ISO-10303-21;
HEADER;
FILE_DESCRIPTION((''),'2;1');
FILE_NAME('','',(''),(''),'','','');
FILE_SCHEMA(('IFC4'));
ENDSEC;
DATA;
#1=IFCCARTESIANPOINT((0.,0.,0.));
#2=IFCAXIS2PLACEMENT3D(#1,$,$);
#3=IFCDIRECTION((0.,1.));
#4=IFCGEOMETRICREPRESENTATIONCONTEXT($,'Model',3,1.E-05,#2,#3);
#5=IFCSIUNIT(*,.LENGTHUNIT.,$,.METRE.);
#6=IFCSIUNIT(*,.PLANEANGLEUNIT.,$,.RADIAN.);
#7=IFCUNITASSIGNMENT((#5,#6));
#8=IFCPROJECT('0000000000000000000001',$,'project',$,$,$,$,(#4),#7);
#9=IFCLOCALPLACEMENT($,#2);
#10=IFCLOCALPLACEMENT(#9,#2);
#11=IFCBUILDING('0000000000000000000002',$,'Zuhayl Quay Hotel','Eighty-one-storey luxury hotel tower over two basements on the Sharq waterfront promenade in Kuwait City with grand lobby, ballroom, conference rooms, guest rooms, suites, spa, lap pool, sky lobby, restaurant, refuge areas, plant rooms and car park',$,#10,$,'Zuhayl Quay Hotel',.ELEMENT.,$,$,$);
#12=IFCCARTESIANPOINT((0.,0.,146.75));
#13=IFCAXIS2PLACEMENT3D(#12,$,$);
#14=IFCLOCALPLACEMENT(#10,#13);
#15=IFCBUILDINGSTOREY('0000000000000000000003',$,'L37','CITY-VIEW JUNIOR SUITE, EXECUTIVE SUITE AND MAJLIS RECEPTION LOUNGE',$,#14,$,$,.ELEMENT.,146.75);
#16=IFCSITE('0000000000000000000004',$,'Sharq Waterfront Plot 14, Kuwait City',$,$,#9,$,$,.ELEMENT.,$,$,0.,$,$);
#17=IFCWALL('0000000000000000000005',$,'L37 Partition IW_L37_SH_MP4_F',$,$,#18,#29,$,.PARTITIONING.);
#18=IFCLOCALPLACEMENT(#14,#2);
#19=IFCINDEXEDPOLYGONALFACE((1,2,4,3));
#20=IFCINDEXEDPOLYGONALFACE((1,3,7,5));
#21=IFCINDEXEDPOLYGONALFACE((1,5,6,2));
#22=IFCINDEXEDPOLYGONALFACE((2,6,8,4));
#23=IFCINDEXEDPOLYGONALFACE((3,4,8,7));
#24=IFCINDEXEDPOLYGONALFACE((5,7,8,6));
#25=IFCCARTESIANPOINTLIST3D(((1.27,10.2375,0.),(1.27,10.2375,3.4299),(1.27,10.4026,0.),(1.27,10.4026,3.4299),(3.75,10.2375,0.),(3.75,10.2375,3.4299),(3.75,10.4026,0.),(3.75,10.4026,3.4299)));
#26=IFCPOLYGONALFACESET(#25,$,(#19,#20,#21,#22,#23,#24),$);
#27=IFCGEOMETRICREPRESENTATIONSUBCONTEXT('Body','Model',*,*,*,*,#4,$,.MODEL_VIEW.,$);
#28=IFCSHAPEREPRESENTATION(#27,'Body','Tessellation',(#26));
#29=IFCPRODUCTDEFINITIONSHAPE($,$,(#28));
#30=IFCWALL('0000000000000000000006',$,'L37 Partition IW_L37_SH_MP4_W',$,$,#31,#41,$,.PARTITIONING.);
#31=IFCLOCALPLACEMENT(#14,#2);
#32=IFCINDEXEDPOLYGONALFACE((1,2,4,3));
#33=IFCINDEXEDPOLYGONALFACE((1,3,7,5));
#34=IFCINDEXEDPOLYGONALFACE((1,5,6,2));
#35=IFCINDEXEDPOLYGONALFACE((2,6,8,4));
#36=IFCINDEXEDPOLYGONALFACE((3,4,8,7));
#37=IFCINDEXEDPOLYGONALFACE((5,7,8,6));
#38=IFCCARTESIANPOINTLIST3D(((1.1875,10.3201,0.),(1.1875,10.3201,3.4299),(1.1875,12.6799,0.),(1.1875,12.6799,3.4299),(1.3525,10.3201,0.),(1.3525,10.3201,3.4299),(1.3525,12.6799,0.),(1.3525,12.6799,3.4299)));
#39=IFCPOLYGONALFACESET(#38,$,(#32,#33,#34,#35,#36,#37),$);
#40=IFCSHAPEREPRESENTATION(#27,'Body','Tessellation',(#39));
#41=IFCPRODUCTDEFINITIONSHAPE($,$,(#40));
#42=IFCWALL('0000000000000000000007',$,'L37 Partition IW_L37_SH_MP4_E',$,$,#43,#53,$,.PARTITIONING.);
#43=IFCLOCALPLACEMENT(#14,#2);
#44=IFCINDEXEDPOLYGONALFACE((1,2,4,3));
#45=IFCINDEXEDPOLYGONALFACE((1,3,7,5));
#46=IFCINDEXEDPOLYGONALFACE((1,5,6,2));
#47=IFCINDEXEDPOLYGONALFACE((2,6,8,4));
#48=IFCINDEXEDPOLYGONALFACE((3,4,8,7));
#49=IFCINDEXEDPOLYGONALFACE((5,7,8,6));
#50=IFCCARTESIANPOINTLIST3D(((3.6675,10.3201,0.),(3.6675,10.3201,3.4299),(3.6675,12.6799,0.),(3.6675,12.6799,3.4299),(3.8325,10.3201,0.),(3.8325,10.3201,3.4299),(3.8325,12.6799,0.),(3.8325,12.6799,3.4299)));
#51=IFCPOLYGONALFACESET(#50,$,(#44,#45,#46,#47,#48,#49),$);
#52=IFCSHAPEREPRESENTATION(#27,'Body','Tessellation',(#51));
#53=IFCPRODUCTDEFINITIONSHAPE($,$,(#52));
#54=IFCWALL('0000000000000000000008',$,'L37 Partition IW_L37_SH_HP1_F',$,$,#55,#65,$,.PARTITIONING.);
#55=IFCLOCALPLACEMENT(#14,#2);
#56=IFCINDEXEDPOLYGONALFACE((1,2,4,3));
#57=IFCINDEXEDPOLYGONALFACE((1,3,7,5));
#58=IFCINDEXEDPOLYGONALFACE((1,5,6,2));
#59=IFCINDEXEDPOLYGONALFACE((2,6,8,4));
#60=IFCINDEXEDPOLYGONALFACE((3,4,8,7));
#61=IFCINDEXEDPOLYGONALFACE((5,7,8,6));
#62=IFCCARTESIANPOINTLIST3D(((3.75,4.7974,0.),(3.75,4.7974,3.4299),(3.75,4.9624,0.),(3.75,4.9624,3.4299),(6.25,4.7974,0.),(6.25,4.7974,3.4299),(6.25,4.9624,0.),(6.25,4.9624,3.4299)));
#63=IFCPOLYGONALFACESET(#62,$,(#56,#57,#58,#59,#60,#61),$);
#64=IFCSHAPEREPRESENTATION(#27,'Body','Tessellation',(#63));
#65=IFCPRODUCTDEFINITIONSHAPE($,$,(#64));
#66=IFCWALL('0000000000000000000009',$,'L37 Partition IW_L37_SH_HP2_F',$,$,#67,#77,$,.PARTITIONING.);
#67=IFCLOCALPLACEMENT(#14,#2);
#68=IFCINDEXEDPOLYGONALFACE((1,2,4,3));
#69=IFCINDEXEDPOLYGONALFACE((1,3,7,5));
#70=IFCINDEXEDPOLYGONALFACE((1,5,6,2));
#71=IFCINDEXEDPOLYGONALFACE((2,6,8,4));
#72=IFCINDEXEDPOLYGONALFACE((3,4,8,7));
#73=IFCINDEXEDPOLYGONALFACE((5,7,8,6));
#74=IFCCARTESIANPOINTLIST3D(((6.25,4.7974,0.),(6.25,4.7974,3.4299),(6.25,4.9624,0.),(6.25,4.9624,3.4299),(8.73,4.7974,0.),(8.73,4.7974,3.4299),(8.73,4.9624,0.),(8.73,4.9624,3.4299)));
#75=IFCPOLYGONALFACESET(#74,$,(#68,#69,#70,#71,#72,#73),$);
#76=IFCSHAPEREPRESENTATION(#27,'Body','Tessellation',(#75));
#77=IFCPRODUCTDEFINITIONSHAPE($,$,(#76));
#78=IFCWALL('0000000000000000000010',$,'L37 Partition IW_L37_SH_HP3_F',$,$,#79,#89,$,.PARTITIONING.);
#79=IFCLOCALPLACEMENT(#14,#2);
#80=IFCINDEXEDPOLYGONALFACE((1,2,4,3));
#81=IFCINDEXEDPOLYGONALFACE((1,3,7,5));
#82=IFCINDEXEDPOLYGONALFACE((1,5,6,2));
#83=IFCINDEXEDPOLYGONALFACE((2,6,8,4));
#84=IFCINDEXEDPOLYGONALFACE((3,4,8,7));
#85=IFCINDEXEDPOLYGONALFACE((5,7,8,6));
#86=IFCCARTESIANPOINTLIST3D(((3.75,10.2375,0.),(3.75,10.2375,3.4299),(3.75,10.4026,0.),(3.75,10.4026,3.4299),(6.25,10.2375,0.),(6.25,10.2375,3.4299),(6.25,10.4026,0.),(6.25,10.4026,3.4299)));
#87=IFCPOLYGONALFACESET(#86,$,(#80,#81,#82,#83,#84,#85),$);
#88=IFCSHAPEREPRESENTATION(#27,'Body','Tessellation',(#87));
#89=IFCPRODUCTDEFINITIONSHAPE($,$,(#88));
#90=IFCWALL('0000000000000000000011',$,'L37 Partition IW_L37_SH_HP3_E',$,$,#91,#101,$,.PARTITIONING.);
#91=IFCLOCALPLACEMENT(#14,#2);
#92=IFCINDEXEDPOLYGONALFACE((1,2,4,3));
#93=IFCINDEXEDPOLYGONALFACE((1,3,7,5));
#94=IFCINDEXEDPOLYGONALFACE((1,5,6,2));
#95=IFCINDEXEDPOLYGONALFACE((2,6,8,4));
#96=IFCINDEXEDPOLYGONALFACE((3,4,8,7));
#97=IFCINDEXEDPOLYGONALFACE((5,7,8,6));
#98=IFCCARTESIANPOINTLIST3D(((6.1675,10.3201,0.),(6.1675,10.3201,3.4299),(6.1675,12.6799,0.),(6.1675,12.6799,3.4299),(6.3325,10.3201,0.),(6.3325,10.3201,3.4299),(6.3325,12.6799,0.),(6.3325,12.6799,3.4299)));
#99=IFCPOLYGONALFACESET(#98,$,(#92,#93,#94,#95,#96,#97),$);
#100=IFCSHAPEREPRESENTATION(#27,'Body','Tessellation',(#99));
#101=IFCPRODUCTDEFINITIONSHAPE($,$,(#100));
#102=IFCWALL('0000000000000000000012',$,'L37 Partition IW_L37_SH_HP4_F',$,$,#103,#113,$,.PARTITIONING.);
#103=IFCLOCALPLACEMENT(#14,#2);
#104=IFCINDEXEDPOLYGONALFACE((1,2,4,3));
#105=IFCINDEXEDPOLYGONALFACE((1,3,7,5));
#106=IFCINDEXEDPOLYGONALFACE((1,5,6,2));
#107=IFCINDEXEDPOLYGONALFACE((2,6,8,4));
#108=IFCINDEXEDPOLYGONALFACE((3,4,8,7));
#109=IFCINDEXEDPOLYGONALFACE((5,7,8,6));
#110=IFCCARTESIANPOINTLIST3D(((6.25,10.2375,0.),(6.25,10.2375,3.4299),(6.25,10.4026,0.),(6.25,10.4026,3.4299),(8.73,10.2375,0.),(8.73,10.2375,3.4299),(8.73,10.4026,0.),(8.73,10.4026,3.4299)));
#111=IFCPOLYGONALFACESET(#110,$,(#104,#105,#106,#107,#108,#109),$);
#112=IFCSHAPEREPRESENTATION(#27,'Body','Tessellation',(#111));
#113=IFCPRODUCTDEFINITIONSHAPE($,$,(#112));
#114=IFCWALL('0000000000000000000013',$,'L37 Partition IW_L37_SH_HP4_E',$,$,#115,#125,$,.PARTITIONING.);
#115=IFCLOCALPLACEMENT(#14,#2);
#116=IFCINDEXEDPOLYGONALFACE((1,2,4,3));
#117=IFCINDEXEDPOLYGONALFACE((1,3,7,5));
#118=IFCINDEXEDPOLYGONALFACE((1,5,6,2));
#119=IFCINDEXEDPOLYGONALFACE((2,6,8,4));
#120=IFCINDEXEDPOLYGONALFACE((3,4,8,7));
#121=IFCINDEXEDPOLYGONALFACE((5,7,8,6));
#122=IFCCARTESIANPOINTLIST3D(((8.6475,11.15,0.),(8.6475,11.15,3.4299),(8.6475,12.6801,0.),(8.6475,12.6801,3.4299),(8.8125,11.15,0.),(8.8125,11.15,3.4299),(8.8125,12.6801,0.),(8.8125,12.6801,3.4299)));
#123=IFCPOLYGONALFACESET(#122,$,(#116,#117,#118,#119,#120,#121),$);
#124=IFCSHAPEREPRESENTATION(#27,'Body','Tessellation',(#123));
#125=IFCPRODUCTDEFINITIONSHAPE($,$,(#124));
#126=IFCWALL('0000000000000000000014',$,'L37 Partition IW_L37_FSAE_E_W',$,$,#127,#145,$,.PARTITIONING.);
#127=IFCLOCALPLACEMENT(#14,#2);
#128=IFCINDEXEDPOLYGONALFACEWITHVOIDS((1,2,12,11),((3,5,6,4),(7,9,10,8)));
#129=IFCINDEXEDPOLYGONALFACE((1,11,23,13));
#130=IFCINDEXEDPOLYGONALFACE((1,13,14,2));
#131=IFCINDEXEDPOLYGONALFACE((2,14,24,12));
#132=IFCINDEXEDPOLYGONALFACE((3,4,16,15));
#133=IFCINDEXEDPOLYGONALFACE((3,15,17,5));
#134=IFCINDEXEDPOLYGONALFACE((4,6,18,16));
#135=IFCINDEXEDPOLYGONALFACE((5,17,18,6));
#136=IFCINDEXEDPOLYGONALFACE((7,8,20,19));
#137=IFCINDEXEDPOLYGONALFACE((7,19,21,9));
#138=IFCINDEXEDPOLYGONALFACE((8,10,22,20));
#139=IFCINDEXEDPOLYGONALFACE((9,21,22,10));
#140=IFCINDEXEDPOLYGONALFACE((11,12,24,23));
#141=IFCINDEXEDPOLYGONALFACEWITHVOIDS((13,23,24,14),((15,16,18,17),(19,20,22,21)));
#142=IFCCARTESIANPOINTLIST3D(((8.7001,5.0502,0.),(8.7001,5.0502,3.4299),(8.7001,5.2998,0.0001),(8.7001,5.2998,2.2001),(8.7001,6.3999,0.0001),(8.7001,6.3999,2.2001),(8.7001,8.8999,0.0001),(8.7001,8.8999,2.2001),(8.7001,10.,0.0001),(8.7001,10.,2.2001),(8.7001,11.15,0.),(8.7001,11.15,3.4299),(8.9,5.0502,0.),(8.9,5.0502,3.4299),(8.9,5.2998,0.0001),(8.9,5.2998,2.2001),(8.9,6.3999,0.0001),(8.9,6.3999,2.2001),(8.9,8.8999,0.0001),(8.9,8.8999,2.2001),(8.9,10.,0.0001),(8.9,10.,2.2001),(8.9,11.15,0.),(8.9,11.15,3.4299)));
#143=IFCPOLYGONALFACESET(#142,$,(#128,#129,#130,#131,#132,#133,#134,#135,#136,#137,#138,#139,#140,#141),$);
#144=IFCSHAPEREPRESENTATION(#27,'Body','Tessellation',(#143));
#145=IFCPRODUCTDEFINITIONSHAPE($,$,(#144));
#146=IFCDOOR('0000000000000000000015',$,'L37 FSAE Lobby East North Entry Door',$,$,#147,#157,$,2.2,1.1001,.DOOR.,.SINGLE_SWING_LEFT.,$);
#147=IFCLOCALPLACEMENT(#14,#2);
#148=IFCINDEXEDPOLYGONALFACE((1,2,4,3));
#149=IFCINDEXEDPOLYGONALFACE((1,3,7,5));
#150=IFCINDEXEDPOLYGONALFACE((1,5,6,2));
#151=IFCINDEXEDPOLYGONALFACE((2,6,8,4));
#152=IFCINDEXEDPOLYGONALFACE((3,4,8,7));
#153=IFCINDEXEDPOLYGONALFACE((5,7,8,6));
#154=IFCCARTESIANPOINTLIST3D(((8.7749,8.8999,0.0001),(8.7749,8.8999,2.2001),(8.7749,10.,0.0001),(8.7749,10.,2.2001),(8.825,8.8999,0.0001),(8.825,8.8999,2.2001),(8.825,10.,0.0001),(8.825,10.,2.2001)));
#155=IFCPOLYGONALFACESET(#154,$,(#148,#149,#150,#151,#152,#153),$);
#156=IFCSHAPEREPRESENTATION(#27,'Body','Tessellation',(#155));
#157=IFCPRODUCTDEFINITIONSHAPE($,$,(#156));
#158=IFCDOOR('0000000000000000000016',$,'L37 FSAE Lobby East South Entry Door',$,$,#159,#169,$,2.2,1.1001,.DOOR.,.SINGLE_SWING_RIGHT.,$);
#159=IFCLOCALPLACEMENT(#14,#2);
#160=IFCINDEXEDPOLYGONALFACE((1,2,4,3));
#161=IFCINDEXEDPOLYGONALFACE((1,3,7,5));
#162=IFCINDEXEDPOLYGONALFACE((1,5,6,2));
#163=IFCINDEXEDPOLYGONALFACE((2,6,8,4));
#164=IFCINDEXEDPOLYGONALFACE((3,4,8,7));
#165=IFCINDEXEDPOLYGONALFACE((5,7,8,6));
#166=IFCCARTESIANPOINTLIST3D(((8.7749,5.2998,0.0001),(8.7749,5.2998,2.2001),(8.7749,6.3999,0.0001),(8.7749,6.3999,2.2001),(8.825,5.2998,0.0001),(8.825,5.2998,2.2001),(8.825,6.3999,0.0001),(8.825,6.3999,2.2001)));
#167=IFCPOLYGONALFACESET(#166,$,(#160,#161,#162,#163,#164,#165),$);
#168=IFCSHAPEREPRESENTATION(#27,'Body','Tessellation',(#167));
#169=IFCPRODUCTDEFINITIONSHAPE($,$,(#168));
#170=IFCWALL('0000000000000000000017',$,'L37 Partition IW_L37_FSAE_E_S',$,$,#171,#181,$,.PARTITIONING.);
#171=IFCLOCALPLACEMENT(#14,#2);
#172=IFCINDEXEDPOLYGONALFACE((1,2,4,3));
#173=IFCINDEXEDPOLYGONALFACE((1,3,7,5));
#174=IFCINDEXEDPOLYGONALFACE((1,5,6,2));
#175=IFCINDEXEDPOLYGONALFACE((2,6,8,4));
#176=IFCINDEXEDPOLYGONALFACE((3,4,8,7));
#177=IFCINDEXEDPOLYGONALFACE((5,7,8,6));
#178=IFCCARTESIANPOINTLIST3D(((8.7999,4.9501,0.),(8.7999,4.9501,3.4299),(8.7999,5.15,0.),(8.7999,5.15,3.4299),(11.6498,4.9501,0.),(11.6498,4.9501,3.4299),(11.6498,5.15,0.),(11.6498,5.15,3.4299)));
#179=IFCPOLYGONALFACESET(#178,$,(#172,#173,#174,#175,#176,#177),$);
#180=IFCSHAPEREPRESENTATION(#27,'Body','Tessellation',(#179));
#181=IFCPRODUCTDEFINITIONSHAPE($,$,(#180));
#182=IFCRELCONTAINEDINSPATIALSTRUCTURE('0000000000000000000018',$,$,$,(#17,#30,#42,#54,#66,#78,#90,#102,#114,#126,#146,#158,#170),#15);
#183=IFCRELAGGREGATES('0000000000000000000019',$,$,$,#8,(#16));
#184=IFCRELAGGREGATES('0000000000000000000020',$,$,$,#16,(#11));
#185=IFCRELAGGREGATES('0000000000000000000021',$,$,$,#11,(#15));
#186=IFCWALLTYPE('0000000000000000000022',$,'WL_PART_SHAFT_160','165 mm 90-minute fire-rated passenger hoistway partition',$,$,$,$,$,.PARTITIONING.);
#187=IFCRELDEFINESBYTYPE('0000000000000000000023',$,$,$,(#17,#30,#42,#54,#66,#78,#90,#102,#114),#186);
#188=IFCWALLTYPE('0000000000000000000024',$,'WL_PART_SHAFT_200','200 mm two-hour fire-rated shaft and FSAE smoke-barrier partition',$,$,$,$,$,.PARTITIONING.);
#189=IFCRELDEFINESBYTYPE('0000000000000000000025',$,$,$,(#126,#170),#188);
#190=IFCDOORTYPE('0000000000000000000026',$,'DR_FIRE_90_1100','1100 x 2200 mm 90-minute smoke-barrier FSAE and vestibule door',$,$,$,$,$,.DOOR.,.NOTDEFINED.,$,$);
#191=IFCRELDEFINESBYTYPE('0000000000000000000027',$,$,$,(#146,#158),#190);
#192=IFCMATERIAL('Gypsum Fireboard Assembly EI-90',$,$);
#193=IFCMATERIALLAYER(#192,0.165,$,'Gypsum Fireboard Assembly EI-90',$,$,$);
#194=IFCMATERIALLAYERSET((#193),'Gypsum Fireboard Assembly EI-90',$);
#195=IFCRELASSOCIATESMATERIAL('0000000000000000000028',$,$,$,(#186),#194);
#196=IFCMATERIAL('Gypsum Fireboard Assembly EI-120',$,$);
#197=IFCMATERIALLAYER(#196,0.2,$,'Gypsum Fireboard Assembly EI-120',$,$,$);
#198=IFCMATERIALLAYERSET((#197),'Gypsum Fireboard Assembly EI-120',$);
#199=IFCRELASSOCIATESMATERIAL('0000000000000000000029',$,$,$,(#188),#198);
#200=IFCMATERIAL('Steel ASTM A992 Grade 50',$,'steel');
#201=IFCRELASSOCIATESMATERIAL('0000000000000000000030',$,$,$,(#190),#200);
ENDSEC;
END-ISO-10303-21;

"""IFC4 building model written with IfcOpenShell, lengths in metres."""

from ifc_helpers import new_model, si_unit, direction, frame, frame_2d, origin, place, context, subcontext, project, spatial, rectangle, extrude, material, layer, layer_set, type_object, element, fill, save


model = new_model("IFC4")

# Units and contexts
model_context = context("Model", 3, precision=1e-05, world=origin(), true_north=direction((0.0, 1.0)))
body_context = subcontext(model_context, "Body", "Model", "MODEL_VIEW")
ifc_project = project(units=[si_unit("LENGTHUNIT", "METRE"), si_unit("PLANEANGLEUNIT", "RADIAN")], contexts=[model_context])

# Site, building, storey
site_placement = place(None, origin())
site = spatial("IfcSite", under=ifc_project, at=site_placement, Name="Sharq Waterfront Plot 14, Kuwait City", CompositionType="ELEMENT", RefElevation=0.0)
building_placement = place(site_placement, origin())
building = spatial("IfcBuilding", under=site, at=building_placement, Name="Zuhayl Quay Hotel", Description="Eighty-one-storey luxury hotel tower over two basements on the Sharq waterfront promenade in Kuwait City with grand lobby, ballroom, conference rooms, guest rooms, suites, spa, lap pool, sky lobby, restaurant, refuge areas, plant rooms and car park", LongName="Zuhayl Quay Hotel", CompositionType="ELEMENT")
storey_placement = place(building_placement, frame((0.0, 0.0, 146.75)))
storey = spatial("IfcBuildingStorey", under=building, at=storey_placement, Name="L37", Description="CITY-VIEW JUNIOR SUITE, EXECUTIVE SUITE AND MAJLIS RECEPTION LOUNGE", CompositionType="ELEMENT", Elevation=146.75)

# Shared definitions
ifc_material_1 = material(Name="Steel ASTM A992 Grade 50", Category="steel")

# Shared definitions
ifc_material_2 = material(Name="Gypsum Fireboard Assembly EI-90")
ifc_layer_1 = layer(ifc_material_2, 0.165, Name="Gypsum Fireboard Assembly EI-90")
ifc_layer_set_1 = layer_set([ifc_layer_1], Name="Gypsum Fireboard Assembly EI-90")
wall_type_1 = type_object("IfcWallType", Name="WL_PART_SHAFT_160", Description="165 mm 90-minute fire-rated passenger hoistway partition", PredefinedType="PARTITIONING", material=ifc_layer_set_1)

# Walls
for number, where, z_axis, x_axis, name in (
    (1, (1.27, 10.3201, 0.0), (0.0, 0.0, 1.0), (1.0, 0.0, 0.0), "L37 Partition IW_L37_SH_MP4_F"),
):
    element("IfcWall", number, at=place(storey_placement, frame(where, z_axis=z_axis, x_axis=x_axis)), inside=storey, type_object=wall_type_1, Name=name, PredefinedType="PARTITIONING", context=body_context, shape_type="SweptSolid", body=[
        extrude(rectangle(XDim=2.48, YDim=0.165, at=frame_2d((1.24, 0.0))), origin(), (0.0, 0.0, 1.0), 3.4299),
    ])
for number, where, z_axis, x_axis, name in (
    (2, (1.27, 10.3201, 0.0), (0.0, 0.0, 1.0), (0.0, 1.0, 0.0), "L37 Partition IW_L37_SH_MP4_W"),
    (3, (3.75, 10.3201, 0.0), (0.0, 0.0, 1.0), (0.0, 1.0, 0.0), "L37 Partition IW_L37_SH_MP4_E"),
):
    element("IfcWall", number, at=place(storey_placement, frame(where, z_axis=z_axis, x_axis=x_axis)), inside=storey, type_object=wall_type_1, Name=name, PredefinedType="PARTITIONING", context=body_context, shape_type="SweptSolid", body=[
        extrude(rectangle(XDim=2.3599, YDim=0.165, at=frame_2d((1.1799, 0.0))), origin(), (0.0, 0.0, 1.0), 3.4299),
    ])
wall_1_placement = place(storey_placement, frame((3.75, 4.8799, 0.0), z_axis=(0.0, 0.0, 1.0), x_axis=(1.0, 0.0, 0.0)))
element("IfcWall", 4, at=wall_1_placement, inside=storey, type_object=wall_type_1, Name="L37 Partition IW_L37_SH_HP1_F", PredefinedType="PARTITIONING", context=body_context, shape_type="SweptSolid", body=[
    extrude(rectangle(XDim=2.5, YDim=0.165, at=frame_2d((1.25, 0.0))), origin(), (0.0, 0.0, 1.0), 3.4299),
])
wall_2_placement = place(storey_placement, frame((6.25, 4.8799, 0.0), z_axis=(0.0, 0.0, 1.0), x_axis=(1.0, 0.0, 0.0)))
element("IfcWall", 5, at=wall_2_placement, inside=storey, type_object=wall_type_1, Name="L37 Partition IW_L37_SH_HP2_F", PredefinedType="PARTITIONING", context=body_context, shape_type="SweptSolid", body=[
    extrude(rectangle(XDim=2.48, YDim=0.165, at=frame_2d((1.24, 0.0))), origin(), (0.0, 0.0, 1.0), 3.4299),
])
wall_3_placement = place(storey_placement, frame((3.75, 10.3201, 0.0), z_axis=(0.0, 0.0, 1.0), x_axis=(1.0, 0.0, 0.0)))
element("IfcWall", 6, at=wall_3_placement, inside=storey, type_object=wall_type_1, Name="L37 Partition IW_L37_SH_HP3_F", PredefinedType="PARTITIONING", context=body_context, shape_type="SweptSolid", body=[
    extrude(rectangle(XDim=2.5, YDim=0.165, at=frame_2d((1.25, 0.0))), origin(), (0.0, 0.0, 1.0), 3.4299),
])
wall_4_placement = place(storey_placement, frame((6.25, 10.3201, 0.0), z_axis=(0.0, 0.0, 1.0), x_axis=(0.0, 1.0, 0.0)))
element("IfcWall", 7, at=wall_4_placement, inside=storey, type_object=wall_type_1, Name="L37 Partition IW_L37_SH_HP3_E", PredefinedType="PARTITIONING", context=body_context, shape_type="SweptSolid", body=[
    extrude(rectangle(XDim=2.3599, YDim=0.165, at=frame_2d((1.1799, 0.0))), origin(), (0.0, 0.0, 1.0), 3.4299),
])
wall_5_placement = place(storey_placement, frame((6.25, 10.3201, 0.0), z_axis=(0.0, 0.0, 1.0), x_axis=(1.0, 0.0, 0.0)))
element("IfcWall", 8, at=wall_5_placement, inside=storey, type_object=wall_type_1, Name="L37 Partition IW_L37_SH_HP4_F", PredefinedType="PARTITIONING", context=body_context, shape_type="SweptSolid", body=[
    extrude(rectangle(XDim=2.48, YDim=0.165, at=frame_2d((1.24, 0.0))), origin(), (0.0, 0.0, 1.0), 3.4299),
])
wall_6_placement = place(storey_placement, frame((8.73, 11.1499, 0.0), z_axis=(0.0, 0.0, 1.0), x_axis=(0.0, 1.0, 0.0)))
element("IfcWall", 9, at=wall_6_placement, inside=storey, type_object=wall_type_1, Name="L37 Partition IW_L37_SH_HP4_E", PredefinedType="PARTITIONING", context=body_context, shape_type="SweptSolid", body=[
    extrude(rectangle(XDim=1.53, YDim=0.165, at=frame_2d((0.7651, 0.0))), origin(), (0.0, 0.0, 1.0), 3.4299),
])

# Wall, openings, doors
ifc_material_3 = material(Name="Gypsum Fireboard Assembly EI-120")
ifc_layer_2 = layer(ifc_material_3, 0.2, Name="Gypsum Fireboard Assembly EI-120")
ifc_layer_set_2 = layer_set([ifc_layer_2], Name="Gypsum Fireboard Assembly EI-120")
wall_type_2 = type_object("IfcWallType", Name="WL_PART_SHAFT_200", Description="200 mm two-hour fire-rated shaft and FSAE smoke-barrier partition", PredefinedType="PARTITIONING", material=ifc_layer_set_2)
wall_7_placement = place(storey_placement, frame((8.8, 11.1499, 0.0), z_axis=(0.0, 0.0, 1.0), x_axis=(0.0, -1.0, 0.0)))
wall_7 = element("IfcWall", 10, at=wall_7_placement, inside=storey, type_object=wall_type_2, Name="L37 Partition IW_L37_FSAE_E_W", PredefinedType="PARTITIONING", context=body_context, shape_type="SweptSolid", body=[
    extrude(rectangle(XDim=6.0999, YDim=0.2, at=frame_2d((3.0498, 0.0))), origin(), (0.0, 0.0, 1.0), 3.4299),
])
opening_1_placement = place(wall_7_placement, frame((1.1499, 0.0, 0.0)))
opening_1 = element("IfcOpeningElement", 11, at=opening_1_placement, cuts=wall_7, PredefinedType="OPENING", context=body_context, shape_type="SweptSolid", body=[
    extrude(rectangle(XDim=1.1001, YDim=2.2, at=frame_2d((0.55, 1.1001))), frame((0.0, 0.1099, 0.0), z_axis=(0.0, -1.0, 0.0), x_axis=(1.0, 0.0, 0.0)), (0.0, 0.0, 1.0), 0.22),
])
opening_2_placement = place(wall_7_placement, frame((4.75, 0.0, 0.0)))
opening_2 = element("IfcOpeningElement", 12, at=opening_2_placement, cuts=wall_7, PredefinedType="OPENING", context=body_context, shape_type="SweptSolid", body=[
    extrude(rectangle(XDim=1.1001, YDim=2.2, at=frame_2d((0.55, 1.1001))), frame((0.0, 0.1099, 0.0), z_axis=(0.0, -1.0, 0.0), x_axis=(1.0, 0.0, 0.0)), (0.0, 0.0, 1.0), 0.22),
])
door_type_1 = type_object("IfcDoorType", Name="DR_FIRE_90_1100", Description="1100 x 2200 mm 90-minute smoke-barrier FSAE and vestibule door", OperationType="NOTDEFINED", PredefinedType="DOOR", material=ifc_material_1)
door_1_placement = place(opening_1_placement, origin())
door_1 = element("IfcDoor", 13, at=door_1_placement, inside=storey, type_object=door_type_1, Name="L37 FSAE Lobby East North Entry Door", OperationType="SINGLE_SWING_LEFT", OverallHeight=2.2, OverallWidth=1.1001, PredefinedType="DOOR", context=body_context, shape_type="SweptSolid", body=[
    extrude(rectangle(XDim=1.1001, YDim=2.2, at=frame_2d((0.55, 1.1001))), frame((0.0, 0.0249, 0.0), z_axis=(0.0, -1.0, 0.0), x_axis=(1.0, 0.0, 0.0)), (0.0, 0.0, 1.0), 0.05),
])
fill(opening_1, door_1)
door_2_placement = place(opening_2_placement, origin())
door_2 = element("IfcDoor", 14, at=door_2_placement, inside=storey, type_object=door_type_1, Name="L37 FSAE Lobby East South Entry Door", OperationType="SINGLE_SWING_RIGHT", OverallHeight=2.2, OverallWidth=1.1001, PredefinedType="DOOR", context=body_context, shape_type="SweptSolid", body=[
    extrude(rectangle(XDim=1.1001, YDim=2.2, at=frame_2d((0.55, 1.1001))), frame((0.0, 0.0249, 0.0), z_axis=(0.0, -1.0, 0.0), x_axis=(1.0, 0.0, 0.0)), (0.0, 0.0, 1.0), 0.05),
])
fill(opening_2, door_2)

# Wall
wall_8_placement = place(storey_placement, frame((8.8, 5.05, 0.0), z_axis=(0.0, 0.0, 1.0), x_axis=(1.0, 0.0, 0.0)))
element("IfcWall", 15, at=wall_8_placement, inside=storey, type_object=wall_type_2, Name="L37 Partition IW_L37_FSAE_E_S", PredefinedType="PARTITIONING", context=body_context, shape_type="SweptSolid", body=[
    extrude(rectangle(XDim=2.8499, YDim=0.2, at=frame_2d((1.4248, 0.0))), origin(), (0.0, 0.0, 1.0), 3.4299),
])

save(model, "model.ifc")
